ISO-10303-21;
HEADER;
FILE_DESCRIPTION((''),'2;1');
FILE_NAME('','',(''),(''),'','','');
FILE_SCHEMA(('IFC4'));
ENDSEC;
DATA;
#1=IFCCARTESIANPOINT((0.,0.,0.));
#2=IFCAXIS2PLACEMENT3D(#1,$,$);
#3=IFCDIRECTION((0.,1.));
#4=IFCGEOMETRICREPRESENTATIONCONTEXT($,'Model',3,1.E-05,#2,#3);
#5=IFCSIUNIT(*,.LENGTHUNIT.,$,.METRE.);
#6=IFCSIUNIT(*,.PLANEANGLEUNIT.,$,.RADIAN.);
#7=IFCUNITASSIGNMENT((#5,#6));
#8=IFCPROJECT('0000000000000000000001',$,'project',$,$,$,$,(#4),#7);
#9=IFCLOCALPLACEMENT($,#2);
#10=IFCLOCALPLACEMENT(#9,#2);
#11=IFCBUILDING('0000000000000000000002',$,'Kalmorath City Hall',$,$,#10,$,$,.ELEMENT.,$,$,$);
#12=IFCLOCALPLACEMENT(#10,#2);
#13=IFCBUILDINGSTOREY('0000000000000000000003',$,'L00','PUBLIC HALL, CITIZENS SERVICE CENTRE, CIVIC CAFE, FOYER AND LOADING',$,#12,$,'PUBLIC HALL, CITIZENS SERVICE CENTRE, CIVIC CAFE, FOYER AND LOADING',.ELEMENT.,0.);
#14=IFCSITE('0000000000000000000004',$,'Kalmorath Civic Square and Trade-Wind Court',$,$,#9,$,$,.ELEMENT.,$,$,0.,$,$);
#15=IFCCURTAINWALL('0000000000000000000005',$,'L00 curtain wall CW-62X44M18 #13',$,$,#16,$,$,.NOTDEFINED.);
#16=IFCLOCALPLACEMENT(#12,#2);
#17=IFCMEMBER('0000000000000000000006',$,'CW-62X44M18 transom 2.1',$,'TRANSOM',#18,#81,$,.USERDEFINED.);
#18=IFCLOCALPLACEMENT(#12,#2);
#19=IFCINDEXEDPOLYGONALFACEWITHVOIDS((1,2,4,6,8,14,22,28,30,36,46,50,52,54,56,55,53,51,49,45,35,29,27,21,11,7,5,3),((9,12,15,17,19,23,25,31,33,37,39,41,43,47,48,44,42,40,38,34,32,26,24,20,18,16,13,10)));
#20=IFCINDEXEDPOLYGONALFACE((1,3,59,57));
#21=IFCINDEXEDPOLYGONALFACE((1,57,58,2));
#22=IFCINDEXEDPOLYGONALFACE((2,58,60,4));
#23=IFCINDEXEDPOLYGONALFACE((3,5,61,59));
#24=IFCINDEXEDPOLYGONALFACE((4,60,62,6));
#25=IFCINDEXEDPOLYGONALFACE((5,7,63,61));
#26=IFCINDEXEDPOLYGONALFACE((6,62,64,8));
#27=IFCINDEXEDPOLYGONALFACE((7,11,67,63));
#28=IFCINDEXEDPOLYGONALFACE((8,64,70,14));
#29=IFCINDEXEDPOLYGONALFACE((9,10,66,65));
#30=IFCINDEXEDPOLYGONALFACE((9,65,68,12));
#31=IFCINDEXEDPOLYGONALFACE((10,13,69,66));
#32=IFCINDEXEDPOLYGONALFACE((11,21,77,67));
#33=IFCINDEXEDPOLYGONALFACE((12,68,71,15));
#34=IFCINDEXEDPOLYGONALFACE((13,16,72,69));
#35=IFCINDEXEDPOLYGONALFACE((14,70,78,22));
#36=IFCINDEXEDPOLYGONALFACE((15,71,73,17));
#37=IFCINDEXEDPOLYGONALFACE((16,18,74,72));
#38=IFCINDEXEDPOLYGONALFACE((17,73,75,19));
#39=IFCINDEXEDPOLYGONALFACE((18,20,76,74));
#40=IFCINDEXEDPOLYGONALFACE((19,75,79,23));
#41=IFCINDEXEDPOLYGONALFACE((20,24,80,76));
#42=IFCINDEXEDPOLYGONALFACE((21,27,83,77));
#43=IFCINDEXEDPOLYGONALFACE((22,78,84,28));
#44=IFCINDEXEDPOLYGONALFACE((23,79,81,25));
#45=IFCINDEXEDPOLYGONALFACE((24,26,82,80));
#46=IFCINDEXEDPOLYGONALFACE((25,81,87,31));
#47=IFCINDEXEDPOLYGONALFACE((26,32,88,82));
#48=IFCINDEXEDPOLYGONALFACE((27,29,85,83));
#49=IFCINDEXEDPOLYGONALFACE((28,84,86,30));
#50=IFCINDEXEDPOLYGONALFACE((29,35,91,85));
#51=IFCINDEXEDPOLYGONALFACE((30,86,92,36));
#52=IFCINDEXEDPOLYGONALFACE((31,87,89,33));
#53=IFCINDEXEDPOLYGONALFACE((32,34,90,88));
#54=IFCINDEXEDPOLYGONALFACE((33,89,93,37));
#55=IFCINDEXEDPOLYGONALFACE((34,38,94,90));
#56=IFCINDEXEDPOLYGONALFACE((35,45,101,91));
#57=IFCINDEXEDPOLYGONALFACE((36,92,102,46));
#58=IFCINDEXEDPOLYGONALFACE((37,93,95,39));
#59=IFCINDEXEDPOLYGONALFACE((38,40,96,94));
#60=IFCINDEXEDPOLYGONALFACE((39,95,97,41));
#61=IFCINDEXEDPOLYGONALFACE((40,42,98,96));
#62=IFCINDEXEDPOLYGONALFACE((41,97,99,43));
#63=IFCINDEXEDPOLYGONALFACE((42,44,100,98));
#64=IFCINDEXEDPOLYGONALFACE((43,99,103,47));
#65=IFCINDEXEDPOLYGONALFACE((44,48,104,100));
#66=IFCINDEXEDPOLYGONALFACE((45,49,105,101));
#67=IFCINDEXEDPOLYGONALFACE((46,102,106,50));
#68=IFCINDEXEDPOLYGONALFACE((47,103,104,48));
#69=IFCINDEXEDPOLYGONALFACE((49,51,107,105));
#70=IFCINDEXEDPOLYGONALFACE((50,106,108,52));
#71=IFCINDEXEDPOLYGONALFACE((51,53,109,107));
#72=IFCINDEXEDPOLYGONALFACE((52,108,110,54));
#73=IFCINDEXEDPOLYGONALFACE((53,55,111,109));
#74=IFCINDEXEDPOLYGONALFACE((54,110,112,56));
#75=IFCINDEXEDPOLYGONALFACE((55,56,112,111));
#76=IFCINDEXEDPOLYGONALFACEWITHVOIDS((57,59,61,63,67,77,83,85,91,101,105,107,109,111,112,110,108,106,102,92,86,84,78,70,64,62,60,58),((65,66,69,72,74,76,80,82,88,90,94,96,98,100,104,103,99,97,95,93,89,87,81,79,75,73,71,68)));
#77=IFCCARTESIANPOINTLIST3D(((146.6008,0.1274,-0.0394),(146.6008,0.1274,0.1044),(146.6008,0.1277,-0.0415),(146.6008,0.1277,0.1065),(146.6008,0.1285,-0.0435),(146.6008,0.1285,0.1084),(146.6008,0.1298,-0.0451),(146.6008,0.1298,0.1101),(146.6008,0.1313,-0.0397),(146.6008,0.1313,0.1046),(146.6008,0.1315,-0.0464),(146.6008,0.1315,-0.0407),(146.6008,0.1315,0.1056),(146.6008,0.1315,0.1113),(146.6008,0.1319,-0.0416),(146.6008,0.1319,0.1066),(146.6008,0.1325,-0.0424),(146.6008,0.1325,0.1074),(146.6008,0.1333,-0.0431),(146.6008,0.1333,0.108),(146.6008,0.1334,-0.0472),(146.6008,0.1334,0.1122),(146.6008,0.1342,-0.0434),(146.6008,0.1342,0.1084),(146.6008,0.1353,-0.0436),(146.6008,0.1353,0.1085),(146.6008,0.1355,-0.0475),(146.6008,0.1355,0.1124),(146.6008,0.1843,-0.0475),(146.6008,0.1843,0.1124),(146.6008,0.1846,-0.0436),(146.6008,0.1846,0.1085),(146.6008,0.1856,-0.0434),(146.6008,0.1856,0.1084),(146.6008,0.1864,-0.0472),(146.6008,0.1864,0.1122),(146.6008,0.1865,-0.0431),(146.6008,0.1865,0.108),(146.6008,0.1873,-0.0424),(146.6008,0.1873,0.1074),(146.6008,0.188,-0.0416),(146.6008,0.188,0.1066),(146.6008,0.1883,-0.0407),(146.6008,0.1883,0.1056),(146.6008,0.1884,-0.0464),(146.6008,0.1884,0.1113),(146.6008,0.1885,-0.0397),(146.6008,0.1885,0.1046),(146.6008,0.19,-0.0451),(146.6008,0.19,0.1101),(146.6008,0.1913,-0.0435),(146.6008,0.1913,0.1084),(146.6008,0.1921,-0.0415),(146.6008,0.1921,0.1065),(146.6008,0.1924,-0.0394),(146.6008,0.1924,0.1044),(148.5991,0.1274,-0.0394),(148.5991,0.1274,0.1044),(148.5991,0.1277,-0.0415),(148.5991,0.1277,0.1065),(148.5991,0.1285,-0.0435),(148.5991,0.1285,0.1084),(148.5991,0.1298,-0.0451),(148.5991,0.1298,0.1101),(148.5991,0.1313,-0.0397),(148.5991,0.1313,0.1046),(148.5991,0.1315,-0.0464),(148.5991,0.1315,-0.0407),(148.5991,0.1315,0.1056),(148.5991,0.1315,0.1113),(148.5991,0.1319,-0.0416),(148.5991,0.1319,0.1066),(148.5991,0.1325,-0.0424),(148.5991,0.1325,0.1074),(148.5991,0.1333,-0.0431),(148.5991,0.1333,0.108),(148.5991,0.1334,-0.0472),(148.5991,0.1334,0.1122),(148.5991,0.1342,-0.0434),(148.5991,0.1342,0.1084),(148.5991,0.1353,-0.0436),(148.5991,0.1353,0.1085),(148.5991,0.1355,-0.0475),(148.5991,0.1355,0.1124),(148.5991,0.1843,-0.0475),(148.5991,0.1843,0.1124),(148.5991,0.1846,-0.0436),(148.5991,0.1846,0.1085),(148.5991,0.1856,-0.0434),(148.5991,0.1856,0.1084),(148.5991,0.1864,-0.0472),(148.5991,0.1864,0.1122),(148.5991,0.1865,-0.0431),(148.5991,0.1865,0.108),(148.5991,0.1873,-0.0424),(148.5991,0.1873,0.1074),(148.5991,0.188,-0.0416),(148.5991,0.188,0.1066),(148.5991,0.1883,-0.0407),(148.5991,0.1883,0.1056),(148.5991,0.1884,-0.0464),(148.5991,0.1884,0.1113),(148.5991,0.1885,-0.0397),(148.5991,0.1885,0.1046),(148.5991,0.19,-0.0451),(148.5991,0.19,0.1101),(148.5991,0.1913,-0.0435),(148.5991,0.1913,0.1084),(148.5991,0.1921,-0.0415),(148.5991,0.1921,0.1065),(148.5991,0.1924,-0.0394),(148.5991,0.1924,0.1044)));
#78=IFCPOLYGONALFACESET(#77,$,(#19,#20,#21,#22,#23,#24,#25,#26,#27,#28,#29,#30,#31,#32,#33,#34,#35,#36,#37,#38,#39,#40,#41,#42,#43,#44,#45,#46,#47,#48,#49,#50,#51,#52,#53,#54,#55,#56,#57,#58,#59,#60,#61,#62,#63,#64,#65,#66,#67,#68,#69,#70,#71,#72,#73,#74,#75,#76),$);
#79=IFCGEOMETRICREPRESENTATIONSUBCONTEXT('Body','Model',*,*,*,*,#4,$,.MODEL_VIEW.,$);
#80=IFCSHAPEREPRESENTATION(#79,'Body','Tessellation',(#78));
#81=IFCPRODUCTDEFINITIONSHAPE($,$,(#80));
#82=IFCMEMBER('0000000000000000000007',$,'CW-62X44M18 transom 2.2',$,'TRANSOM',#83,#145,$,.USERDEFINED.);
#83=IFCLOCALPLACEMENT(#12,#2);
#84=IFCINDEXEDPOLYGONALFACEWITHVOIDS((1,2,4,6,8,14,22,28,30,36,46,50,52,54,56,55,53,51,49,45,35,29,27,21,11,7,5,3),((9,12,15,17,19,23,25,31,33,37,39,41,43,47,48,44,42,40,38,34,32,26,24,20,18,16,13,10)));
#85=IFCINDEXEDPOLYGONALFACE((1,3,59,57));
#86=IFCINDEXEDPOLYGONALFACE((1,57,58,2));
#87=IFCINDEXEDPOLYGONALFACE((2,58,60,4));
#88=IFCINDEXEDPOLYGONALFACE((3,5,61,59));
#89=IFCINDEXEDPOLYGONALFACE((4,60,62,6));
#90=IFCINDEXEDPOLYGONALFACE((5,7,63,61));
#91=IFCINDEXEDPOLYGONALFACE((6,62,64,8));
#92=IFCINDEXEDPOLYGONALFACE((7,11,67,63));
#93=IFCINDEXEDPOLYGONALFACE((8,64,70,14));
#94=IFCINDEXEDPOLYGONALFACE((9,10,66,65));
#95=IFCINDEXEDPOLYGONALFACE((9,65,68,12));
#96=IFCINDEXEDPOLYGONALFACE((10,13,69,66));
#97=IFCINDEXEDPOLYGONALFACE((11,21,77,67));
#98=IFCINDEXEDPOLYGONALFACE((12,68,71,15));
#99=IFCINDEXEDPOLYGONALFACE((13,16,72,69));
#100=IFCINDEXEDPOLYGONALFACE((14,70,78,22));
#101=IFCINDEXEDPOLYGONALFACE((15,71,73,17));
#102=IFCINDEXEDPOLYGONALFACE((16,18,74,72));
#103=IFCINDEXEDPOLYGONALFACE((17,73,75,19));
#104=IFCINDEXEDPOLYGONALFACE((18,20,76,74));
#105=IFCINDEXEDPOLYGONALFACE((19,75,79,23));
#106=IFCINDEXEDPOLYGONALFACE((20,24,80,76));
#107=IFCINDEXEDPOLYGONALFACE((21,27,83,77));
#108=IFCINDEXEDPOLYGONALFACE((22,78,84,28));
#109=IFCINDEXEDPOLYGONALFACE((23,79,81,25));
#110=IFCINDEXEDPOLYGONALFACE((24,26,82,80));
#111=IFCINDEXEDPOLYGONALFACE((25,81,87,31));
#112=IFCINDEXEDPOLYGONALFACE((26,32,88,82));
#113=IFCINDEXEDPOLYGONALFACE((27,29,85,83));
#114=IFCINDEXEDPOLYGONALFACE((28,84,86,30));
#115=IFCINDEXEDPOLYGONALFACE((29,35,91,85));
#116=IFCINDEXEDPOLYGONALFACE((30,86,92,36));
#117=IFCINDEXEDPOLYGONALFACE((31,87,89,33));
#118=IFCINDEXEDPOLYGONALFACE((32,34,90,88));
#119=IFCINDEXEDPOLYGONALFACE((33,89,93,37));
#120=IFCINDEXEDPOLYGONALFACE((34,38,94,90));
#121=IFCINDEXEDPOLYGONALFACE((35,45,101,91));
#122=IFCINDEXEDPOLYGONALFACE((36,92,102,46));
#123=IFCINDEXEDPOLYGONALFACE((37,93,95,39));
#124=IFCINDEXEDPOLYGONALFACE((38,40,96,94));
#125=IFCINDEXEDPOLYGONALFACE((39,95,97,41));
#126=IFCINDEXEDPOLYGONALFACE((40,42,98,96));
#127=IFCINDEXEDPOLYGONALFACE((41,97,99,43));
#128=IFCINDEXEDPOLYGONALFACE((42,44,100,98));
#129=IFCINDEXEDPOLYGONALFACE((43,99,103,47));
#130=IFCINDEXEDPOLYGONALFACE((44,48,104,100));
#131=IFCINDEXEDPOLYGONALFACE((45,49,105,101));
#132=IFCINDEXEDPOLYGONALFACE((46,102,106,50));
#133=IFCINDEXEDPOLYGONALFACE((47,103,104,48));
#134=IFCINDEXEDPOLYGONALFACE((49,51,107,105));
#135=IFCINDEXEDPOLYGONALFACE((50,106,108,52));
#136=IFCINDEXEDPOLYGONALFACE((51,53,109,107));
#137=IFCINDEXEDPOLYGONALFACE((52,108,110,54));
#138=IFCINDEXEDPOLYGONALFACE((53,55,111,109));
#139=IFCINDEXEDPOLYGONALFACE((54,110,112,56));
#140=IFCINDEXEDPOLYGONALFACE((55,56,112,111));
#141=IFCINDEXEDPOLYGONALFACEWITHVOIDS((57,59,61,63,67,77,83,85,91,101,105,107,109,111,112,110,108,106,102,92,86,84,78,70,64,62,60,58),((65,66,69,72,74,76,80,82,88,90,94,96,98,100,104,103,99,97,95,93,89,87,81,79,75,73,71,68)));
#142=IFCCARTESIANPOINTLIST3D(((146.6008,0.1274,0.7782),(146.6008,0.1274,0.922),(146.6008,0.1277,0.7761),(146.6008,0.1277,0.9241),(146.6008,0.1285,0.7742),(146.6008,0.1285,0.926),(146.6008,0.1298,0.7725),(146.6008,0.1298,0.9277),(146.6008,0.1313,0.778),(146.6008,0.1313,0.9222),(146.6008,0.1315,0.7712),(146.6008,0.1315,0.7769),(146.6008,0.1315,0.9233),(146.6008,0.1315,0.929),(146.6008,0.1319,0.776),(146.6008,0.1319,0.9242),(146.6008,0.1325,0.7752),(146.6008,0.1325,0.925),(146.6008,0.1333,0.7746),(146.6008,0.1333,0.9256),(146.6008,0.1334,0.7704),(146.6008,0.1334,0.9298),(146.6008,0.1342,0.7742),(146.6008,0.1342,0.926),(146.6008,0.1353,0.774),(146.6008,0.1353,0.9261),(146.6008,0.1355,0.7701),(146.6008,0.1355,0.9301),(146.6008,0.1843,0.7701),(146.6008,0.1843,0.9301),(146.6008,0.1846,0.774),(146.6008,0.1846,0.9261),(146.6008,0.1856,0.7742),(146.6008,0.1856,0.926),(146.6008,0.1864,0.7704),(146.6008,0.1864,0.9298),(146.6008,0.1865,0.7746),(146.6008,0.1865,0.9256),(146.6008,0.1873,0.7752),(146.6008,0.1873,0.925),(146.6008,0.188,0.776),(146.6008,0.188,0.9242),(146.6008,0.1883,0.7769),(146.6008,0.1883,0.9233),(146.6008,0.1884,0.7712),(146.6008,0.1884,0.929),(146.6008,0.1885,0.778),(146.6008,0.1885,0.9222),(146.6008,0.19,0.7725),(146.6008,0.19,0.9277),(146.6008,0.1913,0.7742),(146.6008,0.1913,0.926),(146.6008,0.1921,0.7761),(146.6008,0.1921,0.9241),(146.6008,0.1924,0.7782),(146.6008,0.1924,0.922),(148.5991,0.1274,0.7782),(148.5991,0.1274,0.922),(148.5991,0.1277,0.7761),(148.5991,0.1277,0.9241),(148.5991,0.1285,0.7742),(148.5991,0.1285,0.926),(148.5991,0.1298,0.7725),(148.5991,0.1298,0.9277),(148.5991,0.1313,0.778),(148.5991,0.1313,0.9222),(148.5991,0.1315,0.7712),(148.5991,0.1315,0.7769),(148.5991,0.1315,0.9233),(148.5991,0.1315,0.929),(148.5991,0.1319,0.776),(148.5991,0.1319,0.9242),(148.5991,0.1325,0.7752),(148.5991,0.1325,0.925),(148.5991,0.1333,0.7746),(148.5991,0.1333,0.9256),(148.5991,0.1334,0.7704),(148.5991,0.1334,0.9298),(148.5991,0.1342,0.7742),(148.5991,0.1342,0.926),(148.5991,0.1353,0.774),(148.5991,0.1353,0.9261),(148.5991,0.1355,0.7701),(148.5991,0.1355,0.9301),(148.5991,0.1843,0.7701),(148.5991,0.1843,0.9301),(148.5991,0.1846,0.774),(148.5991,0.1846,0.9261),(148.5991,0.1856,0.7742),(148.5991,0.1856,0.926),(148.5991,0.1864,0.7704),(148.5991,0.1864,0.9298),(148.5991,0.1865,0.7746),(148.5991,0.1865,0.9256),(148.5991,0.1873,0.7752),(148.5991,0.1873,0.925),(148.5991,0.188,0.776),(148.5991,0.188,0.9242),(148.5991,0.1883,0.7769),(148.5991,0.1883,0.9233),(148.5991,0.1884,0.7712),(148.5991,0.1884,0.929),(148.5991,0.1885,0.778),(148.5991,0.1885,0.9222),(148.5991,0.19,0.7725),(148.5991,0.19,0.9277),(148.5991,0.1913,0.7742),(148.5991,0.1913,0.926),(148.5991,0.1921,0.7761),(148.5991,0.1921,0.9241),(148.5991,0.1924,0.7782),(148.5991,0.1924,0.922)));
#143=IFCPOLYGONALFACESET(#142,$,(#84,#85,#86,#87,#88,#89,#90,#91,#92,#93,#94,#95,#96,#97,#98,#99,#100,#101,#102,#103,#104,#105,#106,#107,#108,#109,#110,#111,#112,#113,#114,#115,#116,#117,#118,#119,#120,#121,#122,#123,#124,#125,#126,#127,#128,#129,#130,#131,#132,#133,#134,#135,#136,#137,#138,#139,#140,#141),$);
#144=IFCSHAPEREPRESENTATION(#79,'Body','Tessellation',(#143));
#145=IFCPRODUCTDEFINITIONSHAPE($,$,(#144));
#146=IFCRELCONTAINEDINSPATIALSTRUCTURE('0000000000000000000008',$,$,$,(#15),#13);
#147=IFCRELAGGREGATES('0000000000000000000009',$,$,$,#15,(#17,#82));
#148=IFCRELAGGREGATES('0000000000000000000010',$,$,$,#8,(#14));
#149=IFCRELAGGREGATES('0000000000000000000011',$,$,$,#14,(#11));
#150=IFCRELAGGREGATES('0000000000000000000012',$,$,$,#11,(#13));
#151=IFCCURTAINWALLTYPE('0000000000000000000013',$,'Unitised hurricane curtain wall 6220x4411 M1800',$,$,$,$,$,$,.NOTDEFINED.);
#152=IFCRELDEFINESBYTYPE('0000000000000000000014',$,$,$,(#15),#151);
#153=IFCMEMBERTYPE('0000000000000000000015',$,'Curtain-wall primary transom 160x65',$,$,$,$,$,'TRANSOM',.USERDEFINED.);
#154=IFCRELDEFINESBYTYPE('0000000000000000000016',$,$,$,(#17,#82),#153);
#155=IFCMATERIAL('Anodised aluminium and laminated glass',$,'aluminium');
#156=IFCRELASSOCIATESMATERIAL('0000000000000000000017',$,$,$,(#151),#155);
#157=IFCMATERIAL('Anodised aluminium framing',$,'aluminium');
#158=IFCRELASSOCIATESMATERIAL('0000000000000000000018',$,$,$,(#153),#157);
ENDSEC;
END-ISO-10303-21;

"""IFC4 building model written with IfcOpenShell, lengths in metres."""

from ifc_helpers import new_model, si_unit, direction, frame, origin, origin_2d, place, context, subcontext, project, spatial, hollow_rectangle, extrude, material, material_profile, profile_set, type_object, element, aggregate, save


model = new_model("IFC4")

# Units and contexts
model_context = context("Model", 3, precision=1e-05, world=origin(), true_north=direction((0.0, 1.0)))
body_context = subcontext(model_context, "Body", "Model", "MODEL_VIEW")
ifc_project = project(units=[si_unit("LENGTHUNIT", "METRE"), si_unit("PLANEANGLEUNIT", "RADIAN")], contexts=[model_context])

# Site, building, storey
site_placement = place(None, origin())
site = spatial("IfcSite", under=ifc_project, at=site_placement, Name="Kalmorath Civic Square and Trade-Wind Court", CompositionType="ELEMENT", RefElevation=0.0)
building_placement = place(site_placement, origin())
building = spatial("IfcBuilding", under=site, at=building_placement, Name="Kalmorath City Hall", CompositionType="ELEMENT")
storey_placement = place(building_placement, origin())
storey = spatial("IfcBuildingStorey", under=building, at=storey_placement, Name="L00", Description="PUBLIC HALL, CITIZENS SERVICE CENTRE, CIVIC CAFE, FOYER AND LOADING", LongName="PUBLIC HALL, CITIZENS SERVICE CENTRE, CIVIC CAFE, FOYER AND LOADING", CompositionType="ELEMENT", Elevation=0.0)

# Curtain wall
ifc_material_1 = material(Name="Anodised aluminium and laminated glass", Category="aluminium")
curtain_wall_type = type_object("IfcCurtainWallType", Name="Unitised hurricane curtain wall 6220x4411 M1800", PredefinedType="NOTDEFINED", material=ifc_material_1)
curtain_wall_1_placement = place(storey_placement, origin())
curtain_wall_1 = element("IfcCurtainWall", 1, at=curtain_wall_1_placement, inside=storey, type_object=curtain_wall_type, Name="L00 curtain wall CW-62X44M18 #13", PredefinedType="NOTDEFINED")

# Members
ifc_material_2 = material(Name="Anodised aluminium framing", Category="aluminium")
ifc_material_profile_1 = material_profile(ifc_material_2, hollow_rectangle(XDim=0.0649, YDim=0.1599, WallThickness=0.0039, InnerFilletRadius=0.0039, OuterFilletRadius=0.0081, at=origin_2d()), Name="ALU-TRN-160X65X4")
ifc_profile_set_1 = profile_set([ifc_material_profile_1], Name="Anodised aluminium framing")
member_type_1 = type_object("IfcMemberType", Name="Curtain-wall primary transom 160x65", ElementType="TRANSOM", PredefinedType="USERDEFINED", material=ifc_profile_set_1)
member_1_placement = place(storey_placement, frame((148.5991, 0.1599, 0.0325), z_axis=(-1.0, 0.0, 0.0), x_axis=(0.0, -1.0, 0.0)))
member_1 = element("IfcMember", 2, at=member_1_placement, type_object=member_type_1, Name="CW-62X44M18 transom 2.1", ObjectType="TRANSOM", PredefinedType="USERDEFINED", context=body_context, shape_type="SweptSolid", body=[
    extrude(hollow_rectangle(XDim=0.0649, YDim=0.1599, WallThickness=0.0039, InnerFilletRadius=0.0039, OuterFilletRadius=0.0081, at=origin_2d()), origin(), (0.0, 0.0, 1.0), 1.9983),
])
member_2_placement = place(storey_placement, frame((148.5991, 0.1599, 0.8501), z_axis=(-1.0, 0.0, 0.0), x_axis=(0.0, -1.0, 0.0)))
member_2 = element("IfcMember", 3, at=member_2_placement, type_object=member_type_1, Name="CW-62X44M18 transom 2.2", ObjectType="TRANSOM", PredefinedType="USERDEFINED", context=body_context, shape_type="SweptSolid", body=[
    extrude(hollow_rectangle(XDim=0.0649, YDim=0.1599, WallThickness=0.0039, InnerFilletRadius=0.0039, OuterFilletRadius=0.0081, at=origin_2d()), origin(), (0.0, 0.0, 1.0), 1.9983),
])

aggregate(curtain_wall_1, [member_1, member_2])

save(model, "model.ifc")
